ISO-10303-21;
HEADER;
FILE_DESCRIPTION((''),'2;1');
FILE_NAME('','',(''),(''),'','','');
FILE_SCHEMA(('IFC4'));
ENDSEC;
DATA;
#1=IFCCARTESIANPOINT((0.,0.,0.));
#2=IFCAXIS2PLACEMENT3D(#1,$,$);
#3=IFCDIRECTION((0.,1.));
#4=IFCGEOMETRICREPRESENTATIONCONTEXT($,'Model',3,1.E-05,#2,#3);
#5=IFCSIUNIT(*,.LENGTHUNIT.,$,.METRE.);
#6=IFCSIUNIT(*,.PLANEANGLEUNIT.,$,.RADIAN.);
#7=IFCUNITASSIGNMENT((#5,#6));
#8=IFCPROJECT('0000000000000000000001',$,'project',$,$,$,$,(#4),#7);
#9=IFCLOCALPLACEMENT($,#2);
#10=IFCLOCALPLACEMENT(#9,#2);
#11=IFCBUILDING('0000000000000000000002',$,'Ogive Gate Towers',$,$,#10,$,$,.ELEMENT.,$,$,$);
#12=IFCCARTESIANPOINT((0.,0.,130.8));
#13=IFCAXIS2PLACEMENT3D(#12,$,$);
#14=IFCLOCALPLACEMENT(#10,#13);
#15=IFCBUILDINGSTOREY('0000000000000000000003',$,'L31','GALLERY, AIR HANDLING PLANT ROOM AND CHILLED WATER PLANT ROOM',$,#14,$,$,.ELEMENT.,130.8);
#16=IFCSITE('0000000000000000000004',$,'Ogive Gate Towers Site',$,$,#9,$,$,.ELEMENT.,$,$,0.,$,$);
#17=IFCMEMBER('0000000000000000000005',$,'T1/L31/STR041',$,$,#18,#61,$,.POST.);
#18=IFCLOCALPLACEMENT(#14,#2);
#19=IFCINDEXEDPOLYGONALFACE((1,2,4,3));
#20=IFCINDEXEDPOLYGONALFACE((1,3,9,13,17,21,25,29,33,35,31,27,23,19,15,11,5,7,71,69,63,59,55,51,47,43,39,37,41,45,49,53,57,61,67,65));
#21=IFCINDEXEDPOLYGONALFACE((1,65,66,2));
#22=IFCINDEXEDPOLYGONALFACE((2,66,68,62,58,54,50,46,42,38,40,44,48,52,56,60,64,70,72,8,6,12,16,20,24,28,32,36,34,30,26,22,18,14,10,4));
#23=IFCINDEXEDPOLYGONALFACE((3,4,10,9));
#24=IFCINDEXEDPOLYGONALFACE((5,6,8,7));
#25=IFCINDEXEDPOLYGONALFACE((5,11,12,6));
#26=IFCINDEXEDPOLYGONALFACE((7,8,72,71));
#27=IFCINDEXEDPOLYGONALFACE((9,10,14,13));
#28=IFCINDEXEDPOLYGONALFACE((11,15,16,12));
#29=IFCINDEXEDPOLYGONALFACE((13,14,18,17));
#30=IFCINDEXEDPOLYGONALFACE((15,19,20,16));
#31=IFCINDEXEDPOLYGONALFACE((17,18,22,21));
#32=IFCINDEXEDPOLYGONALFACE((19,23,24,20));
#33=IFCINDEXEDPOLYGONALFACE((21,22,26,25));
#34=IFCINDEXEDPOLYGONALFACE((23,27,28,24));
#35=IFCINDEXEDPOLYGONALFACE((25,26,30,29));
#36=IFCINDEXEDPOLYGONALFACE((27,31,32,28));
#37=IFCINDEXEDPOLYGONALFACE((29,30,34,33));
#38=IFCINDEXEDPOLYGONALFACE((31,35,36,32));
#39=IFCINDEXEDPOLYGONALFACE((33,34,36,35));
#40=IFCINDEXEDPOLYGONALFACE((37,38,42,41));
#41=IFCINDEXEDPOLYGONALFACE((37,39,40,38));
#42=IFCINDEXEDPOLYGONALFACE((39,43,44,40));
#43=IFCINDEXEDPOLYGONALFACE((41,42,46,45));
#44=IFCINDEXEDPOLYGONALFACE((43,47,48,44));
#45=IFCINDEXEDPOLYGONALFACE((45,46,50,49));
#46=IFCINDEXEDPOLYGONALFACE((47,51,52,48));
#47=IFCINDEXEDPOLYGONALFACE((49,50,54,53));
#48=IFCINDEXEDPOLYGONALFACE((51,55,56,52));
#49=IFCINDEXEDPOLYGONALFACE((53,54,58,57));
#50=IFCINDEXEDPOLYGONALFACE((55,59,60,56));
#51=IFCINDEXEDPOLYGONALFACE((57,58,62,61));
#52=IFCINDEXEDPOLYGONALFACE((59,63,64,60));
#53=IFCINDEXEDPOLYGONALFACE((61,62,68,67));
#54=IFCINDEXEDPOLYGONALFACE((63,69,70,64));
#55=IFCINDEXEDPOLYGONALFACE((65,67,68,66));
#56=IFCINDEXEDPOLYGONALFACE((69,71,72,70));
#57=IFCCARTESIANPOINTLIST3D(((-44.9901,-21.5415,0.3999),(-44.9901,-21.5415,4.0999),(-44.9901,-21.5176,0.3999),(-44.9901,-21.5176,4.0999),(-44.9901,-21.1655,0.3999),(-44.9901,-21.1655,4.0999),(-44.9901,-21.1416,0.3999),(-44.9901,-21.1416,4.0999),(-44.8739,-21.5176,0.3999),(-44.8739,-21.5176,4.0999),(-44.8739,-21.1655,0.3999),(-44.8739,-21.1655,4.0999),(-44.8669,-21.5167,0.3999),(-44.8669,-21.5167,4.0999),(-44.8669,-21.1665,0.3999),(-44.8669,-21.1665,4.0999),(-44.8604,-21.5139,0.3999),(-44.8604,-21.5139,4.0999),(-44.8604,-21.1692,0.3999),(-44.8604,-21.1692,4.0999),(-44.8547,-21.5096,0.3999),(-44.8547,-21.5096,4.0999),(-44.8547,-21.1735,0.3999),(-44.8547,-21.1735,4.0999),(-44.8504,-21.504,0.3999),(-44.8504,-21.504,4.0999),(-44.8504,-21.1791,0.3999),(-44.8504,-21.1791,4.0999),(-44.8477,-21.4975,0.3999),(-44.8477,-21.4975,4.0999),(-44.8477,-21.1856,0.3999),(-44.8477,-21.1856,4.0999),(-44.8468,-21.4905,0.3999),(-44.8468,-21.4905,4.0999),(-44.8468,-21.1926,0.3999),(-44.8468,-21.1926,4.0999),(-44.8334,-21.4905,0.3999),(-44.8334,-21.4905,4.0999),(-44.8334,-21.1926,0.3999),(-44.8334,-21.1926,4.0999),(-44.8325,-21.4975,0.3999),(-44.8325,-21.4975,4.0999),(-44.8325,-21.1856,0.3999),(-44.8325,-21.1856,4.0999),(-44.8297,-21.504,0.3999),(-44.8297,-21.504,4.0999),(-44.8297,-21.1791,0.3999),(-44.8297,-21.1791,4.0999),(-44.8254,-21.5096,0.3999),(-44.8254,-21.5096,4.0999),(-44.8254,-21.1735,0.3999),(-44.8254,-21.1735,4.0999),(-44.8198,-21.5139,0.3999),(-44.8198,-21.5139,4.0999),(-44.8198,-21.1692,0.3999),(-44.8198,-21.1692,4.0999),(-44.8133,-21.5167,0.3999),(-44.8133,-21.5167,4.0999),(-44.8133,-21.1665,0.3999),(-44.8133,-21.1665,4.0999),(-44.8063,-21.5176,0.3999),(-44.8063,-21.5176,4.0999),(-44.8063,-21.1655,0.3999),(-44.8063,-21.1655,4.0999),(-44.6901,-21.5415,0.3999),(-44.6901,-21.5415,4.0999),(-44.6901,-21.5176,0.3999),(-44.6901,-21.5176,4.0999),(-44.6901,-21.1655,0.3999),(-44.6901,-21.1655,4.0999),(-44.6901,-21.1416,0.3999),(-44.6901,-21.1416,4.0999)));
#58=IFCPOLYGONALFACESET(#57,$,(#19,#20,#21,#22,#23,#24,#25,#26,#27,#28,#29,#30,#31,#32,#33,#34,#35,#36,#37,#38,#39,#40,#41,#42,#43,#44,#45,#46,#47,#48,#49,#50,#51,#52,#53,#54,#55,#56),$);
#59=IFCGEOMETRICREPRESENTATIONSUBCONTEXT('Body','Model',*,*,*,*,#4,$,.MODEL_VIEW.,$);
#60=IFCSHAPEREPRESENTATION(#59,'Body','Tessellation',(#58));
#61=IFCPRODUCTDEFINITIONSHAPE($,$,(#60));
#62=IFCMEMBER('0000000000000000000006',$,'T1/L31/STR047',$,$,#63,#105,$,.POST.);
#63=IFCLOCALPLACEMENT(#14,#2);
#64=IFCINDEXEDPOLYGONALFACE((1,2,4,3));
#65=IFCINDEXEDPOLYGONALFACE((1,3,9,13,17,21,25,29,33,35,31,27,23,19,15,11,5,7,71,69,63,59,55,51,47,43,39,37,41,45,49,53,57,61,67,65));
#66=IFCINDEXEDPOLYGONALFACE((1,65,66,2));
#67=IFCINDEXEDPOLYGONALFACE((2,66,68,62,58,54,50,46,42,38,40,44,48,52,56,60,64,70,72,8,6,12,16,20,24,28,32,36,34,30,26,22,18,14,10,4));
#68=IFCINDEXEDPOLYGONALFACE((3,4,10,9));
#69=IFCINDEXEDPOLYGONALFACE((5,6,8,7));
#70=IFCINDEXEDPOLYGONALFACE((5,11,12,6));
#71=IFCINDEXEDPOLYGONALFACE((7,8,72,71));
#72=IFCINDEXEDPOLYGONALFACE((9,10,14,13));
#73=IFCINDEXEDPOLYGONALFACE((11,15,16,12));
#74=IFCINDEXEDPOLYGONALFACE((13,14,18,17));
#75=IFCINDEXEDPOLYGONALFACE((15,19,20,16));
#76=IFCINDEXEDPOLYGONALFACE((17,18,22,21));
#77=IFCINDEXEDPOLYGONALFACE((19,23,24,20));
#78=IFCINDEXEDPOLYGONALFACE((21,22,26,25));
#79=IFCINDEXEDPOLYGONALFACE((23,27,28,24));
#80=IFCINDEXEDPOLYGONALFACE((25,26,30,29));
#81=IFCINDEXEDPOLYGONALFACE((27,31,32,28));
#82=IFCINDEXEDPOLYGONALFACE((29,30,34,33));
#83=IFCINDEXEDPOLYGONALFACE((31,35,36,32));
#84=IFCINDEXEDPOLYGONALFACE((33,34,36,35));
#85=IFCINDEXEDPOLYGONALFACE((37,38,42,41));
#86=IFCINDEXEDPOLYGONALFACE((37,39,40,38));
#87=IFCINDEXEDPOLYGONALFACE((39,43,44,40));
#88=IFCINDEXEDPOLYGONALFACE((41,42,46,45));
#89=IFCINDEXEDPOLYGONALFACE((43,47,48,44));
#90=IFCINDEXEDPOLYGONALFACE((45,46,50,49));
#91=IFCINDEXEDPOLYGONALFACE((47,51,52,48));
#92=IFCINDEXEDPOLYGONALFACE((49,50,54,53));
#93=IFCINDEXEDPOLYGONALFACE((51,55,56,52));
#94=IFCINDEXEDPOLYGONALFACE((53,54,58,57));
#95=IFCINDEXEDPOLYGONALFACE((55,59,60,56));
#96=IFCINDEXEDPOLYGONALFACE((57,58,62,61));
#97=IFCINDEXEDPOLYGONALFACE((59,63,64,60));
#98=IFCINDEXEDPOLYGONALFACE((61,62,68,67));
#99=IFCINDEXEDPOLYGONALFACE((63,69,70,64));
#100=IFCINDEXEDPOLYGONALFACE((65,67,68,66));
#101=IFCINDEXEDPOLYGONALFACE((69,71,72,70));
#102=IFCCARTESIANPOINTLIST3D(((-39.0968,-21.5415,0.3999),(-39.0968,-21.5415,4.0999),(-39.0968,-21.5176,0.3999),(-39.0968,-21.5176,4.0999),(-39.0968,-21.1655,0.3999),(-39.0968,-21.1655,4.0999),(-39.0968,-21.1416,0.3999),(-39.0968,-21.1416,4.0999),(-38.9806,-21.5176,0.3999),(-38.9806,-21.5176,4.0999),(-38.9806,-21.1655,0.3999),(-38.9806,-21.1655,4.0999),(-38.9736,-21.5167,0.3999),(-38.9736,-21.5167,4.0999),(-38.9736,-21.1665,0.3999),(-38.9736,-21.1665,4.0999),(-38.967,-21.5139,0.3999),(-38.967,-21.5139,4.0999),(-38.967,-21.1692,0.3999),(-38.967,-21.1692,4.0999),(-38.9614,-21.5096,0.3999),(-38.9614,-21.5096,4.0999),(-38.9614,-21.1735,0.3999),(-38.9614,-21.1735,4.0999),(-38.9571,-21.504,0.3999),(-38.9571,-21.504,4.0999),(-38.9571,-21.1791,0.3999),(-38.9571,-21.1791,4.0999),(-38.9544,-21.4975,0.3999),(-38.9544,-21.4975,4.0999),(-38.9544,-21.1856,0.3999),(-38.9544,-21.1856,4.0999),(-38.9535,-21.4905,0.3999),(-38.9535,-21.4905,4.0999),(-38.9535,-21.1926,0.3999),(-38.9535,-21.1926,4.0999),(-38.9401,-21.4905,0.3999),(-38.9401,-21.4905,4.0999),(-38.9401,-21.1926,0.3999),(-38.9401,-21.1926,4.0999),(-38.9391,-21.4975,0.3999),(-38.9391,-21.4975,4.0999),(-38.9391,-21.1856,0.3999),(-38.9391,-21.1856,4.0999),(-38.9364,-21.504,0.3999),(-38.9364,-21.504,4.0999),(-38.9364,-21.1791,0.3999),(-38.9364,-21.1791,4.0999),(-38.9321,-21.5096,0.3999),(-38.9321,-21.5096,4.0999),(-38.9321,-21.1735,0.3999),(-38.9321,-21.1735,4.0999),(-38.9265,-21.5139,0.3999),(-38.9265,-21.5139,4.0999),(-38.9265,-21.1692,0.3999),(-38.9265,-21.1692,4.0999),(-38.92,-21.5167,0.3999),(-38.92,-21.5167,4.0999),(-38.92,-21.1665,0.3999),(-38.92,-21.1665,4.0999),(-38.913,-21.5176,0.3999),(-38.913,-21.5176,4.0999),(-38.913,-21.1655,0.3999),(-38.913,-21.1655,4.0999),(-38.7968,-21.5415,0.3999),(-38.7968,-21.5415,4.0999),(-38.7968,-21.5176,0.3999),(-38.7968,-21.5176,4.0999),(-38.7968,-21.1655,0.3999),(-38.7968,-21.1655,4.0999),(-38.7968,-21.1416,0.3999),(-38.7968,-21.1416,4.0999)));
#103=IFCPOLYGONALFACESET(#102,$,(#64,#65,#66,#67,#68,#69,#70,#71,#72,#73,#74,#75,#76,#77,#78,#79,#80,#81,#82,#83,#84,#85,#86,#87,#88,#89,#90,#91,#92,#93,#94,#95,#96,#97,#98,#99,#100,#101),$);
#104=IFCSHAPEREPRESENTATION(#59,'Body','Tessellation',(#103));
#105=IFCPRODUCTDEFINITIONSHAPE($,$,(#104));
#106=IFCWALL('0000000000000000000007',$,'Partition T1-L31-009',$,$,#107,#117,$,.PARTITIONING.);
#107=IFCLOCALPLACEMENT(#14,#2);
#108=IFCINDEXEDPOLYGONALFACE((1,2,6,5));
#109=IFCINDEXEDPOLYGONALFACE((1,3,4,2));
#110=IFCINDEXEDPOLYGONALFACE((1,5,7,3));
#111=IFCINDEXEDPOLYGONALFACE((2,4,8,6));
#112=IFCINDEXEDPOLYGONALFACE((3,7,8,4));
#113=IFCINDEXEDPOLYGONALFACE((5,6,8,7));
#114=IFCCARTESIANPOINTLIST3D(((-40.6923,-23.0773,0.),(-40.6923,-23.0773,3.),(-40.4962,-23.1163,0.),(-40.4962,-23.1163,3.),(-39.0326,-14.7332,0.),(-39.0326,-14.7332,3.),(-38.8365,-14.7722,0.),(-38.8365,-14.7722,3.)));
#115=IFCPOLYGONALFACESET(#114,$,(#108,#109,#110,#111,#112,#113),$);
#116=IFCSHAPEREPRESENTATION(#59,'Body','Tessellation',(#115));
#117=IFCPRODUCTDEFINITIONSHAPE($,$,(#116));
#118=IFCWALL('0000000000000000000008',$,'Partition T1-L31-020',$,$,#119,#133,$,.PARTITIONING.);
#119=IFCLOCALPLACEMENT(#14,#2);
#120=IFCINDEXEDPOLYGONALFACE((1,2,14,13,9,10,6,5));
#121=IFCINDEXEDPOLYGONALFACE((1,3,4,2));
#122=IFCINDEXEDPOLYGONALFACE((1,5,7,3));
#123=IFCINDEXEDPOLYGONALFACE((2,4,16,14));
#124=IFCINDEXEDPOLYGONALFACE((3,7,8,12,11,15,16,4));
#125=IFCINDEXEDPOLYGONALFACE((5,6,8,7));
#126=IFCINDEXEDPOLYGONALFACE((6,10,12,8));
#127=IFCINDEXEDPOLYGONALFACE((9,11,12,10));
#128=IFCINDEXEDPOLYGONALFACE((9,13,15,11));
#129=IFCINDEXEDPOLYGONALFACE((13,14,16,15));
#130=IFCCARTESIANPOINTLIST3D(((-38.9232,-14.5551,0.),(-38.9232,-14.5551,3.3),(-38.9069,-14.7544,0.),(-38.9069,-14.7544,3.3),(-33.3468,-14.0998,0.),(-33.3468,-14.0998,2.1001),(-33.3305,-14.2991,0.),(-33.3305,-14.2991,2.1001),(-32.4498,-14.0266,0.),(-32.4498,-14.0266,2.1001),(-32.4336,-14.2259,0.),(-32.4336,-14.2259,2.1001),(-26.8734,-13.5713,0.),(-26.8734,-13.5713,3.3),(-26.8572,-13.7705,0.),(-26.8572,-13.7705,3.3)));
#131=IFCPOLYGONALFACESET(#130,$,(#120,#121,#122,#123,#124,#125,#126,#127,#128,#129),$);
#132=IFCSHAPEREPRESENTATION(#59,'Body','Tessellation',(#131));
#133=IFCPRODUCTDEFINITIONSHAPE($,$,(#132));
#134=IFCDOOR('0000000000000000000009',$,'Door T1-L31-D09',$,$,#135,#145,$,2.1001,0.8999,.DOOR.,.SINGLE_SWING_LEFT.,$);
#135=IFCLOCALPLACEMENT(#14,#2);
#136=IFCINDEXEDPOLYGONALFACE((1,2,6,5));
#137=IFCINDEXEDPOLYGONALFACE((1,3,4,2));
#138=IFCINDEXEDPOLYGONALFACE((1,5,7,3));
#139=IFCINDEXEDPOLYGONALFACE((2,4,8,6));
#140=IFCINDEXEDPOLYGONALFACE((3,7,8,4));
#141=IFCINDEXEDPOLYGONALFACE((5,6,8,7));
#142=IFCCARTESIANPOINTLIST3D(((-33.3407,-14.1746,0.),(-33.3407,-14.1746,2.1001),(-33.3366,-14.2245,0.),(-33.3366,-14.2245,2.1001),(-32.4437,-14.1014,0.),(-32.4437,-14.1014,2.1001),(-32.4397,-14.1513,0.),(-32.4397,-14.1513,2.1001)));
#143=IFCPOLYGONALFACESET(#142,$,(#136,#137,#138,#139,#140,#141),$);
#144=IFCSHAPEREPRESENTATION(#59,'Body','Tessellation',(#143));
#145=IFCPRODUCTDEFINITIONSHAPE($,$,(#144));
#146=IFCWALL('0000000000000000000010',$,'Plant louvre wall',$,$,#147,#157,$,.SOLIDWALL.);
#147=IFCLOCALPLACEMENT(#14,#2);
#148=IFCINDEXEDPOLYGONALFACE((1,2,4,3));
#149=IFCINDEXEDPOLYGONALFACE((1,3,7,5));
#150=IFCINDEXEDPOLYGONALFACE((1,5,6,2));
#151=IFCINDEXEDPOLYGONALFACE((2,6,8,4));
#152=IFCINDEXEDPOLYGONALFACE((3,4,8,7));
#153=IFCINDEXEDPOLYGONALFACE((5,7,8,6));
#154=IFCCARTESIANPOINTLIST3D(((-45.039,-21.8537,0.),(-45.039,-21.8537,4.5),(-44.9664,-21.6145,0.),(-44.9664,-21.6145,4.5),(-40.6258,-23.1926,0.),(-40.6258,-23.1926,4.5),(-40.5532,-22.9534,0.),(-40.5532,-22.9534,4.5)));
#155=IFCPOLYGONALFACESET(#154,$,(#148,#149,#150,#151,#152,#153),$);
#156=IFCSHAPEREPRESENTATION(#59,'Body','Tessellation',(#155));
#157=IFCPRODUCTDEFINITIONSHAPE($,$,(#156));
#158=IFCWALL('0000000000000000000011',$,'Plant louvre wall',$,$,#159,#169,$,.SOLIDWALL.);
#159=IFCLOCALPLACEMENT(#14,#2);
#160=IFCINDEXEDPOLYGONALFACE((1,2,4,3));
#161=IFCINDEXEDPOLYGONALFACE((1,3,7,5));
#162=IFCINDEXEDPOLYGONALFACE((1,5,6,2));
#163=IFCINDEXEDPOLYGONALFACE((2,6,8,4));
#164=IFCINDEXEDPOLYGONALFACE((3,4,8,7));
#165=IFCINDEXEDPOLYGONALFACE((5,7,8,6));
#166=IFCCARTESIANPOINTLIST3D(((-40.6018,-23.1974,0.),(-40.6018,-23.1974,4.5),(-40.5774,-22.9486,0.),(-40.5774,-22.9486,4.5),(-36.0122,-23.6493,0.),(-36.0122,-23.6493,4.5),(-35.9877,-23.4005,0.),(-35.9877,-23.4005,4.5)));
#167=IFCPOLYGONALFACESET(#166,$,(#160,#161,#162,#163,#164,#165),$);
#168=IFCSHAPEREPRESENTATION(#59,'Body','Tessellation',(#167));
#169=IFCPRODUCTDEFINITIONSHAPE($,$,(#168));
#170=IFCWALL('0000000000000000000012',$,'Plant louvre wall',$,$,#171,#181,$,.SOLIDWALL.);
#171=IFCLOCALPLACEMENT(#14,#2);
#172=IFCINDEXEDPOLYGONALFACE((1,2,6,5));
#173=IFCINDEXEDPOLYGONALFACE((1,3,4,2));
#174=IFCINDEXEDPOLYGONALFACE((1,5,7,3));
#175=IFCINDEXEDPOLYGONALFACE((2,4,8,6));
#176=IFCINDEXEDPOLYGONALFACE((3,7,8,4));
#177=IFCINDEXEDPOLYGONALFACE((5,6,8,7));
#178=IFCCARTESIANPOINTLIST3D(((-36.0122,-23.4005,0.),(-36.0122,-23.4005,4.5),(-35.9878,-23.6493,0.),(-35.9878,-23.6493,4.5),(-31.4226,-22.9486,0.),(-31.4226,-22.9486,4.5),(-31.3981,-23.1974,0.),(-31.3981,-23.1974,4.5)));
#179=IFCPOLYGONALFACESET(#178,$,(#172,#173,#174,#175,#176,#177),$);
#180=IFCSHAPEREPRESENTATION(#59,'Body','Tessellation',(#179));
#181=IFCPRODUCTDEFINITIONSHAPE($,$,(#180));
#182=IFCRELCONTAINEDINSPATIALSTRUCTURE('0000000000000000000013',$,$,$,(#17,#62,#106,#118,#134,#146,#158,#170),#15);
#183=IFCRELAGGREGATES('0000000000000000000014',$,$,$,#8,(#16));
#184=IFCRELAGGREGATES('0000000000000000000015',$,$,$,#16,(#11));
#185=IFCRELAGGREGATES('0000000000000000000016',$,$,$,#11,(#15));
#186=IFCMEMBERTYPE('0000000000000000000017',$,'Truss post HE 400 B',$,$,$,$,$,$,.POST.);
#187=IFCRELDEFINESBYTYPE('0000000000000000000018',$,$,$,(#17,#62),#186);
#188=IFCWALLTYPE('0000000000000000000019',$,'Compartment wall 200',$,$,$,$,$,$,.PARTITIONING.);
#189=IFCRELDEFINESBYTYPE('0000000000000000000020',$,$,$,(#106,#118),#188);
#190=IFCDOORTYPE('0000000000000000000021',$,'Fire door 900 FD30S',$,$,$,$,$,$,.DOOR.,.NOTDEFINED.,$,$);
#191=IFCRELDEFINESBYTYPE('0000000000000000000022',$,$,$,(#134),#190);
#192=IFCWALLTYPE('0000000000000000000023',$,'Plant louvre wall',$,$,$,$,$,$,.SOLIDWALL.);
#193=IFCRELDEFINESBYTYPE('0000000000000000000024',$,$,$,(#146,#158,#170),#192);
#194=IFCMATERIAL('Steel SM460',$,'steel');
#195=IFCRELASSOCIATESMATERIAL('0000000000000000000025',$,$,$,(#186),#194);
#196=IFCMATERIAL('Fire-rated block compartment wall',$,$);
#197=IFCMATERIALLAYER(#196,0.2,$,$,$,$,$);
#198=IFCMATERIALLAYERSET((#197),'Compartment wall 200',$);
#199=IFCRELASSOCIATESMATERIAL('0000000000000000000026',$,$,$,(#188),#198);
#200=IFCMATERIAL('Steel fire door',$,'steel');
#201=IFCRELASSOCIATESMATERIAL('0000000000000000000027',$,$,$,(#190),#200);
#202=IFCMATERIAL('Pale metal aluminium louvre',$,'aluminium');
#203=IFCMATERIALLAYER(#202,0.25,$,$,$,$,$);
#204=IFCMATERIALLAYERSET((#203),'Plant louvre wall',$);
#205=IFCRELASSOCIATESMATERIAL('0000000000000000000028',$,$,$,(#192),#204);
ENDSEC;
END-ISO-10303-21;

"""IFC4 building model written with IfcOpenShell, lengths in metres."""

from ifc_helpers import new_model, si_unit, direction, frame, frame_2d, origin, origin_2d, place, context, subcontext, project, spatial, rectangle, i_section, extrude, material, layer, layer_set, material_profile, profile_set, type_object, element, fill, save


model = new_model("IFC4")

# Units and contexts
model_context = context("Model", 3, precision=1e-05, world=origin(), true_north=direction((0.0, 1.0)))
body_context = subcontext(model_context, "Body", "Model", "MODEL_VIEW")
ifc_project = project(units=[si_unit("LENGTHUNIT", "METRE"), si_unit("PLANEANGLEUNIT", "RADIAN")], contexts=[model_context])

# Site, building, storey
site_placement = place(None, origin())
site = spatial("IfcSite", under=ifc_project, at=site_placement, Name="Ogive Gate Towers Site", CompositionType="ELEMENT", RefElevation=0.0)
building_placement = place(site_placement, origin())
building = spatial("IfcBuilding", under=site, at=building_placement, Name="Ogive Gate Towers", CompositionType="ELEMENT")
storey_placement = place(building_placement, frame((0.0, 0.0, 130.8)))
storey = spatial("IfcBuildingStorey", under=building, at=storey_placement, Name="L31", Description="GALLERY, AIR HANDLING PLANT ROOM AND CHILLED WATER PLANT ROOM", CompositionType="ELEMENT", Elevation=130.8)

# Shared definitions
ifc_material_1 = material(Name="Steel SM460", Category="steel")

# Members
ifc_material_profile_1 = material_profile(ifc_material_1, i_section(OverallWidth=0.3, OverallDepth=0.3999, WebThickness=0.0134, FlangeThickness=0.0239, FilletRadius=0.0271, at=origin_2d()), Name="HE 400 B")
ifc_profile_set_1 = profile_set([ifc_material_profile_1], Name="Steel SM460")
member_type_1 = type_object("IfcMemberType", Name="Truss post HE 400 B", PredefinedType="POST", material=ifc_profile_set_1)
for number, where, z_axis, x_axis, name in (
    (1, (-44.8401, -21.3416, 0.3999), (0.0, 0.0, 1.0), (1.0, 0.0, 0.0), "T1/L31/STR041"),
    (2, (-38.9468, -21.3416, 0.3999), (0.0, 0.0, 1.0), (1.0, 0.0, 0.0), "T1/L31/STR047"),
):
    element("IfcMember", number, at=place(storey_placement, frame(where, z_axis=z_axis, x_axis=x_axis)), inside=storey, type_object=member_type_1, Name=name, PredefinedType="POST", context=body_context, shape_type="SweptSolid", body=[
        extrude(i_section(OverallWidth=0.3, OverallDepth=0.3999, WebThickness=0.0134, FlangeThickness=0.0239, FilletRadius=0.0271, at=origin_2d()), origin(), (0.0, 0.0, 1.0), 3.7),
    ])

# Wall
ifc_material_2 = material(Name="Fire-rated block compartment wall")
ifc_layer_1 = layer(ifc_material_2, 0.2)
ifc_layer_set_1 = layer_set([ifc_layer_1], Name="Compartment wall 200")
wall_type_1 = type_object("IfcWallType", Name="Compartment wall 200", PredefinedType="PARTITIONING", material=ifc_layer_set_1)
wall_1_placement = place(storey_placement, frame((-40.5942, -23.0969, 0.0), z_axis=(0.0, 0.0, 1.0), x_axis=(0.195084, 0.980787, 0.0)))
element("IfcWall", 3, at=wall_1_placement, inside=storey, type_object=wall_type_1, Name="Partition T1-L31-009", PredefinedType="PARTITIONING", context=body_context, shape_type="SweptSolid", body=[
    extrude(rectangle(XDim=8.5076, YDim=0.2, at=frame_2d((4.2539, 0.0))), origin(), (0.0, 0.0, 1.0), 3.0),
])

# Wall, opening, door
wall_2_placement = place(storey_placement, frame((-38.915, -14.6548, 0.0), z_axis=(0.0, 0.0, 1.0), x_axis=(0.996683, 0.081381, 0.0)))
wall_2 = element("IfcWall", 4, at=wall_2_placement, inside=storey, type_object=wall_type_1, Name="Partition T1-L31-020", PredefinedType="PARTITIONING", context=body_context, shape_type="SweptSolid", body=[
    extrude(rectangle(XDim=12.0898, YDim=0.2, at=frame_2d((6.0449, 0.0))), origin(), (0.0, 0.0, 1.0), 3.3),
])
opening_placement = place(wall_2_placement, frame((5.595, 0.0, 0.0)))
opening = element("IfcOpeningElement", 5, at=opening_placement, cuts=wall_2, PredefinedType="OPENING", context=body_context, shape_type="SweptSolid", body=[
    extrude(rectangle(XDim=0.8999, YDim=2.1001, at=frame_2d((0.45, 1.05))), frame((0.0, 0.1099, 0.0), z_axis=(0.0, -1.0, 0.0), x_axis=(1.0, 0.0, 0.0)), (0.0, 0.0, 1.0), 0.22),
])
ifc_material_3 = material(Name="Steel fire door", Category="steel")
door_type = type_object("IfcDoorType", Name="Fire door 900 FD30S", OperationType="NOTDEFINED", PredefinedType="DOOR", material=ifc_material_3)
door_placement = place(opening_placement, origin())
door = element("IfcDoor", 6, at=door_placement, inside=storey, type_object=door_type, Name="Door T1-L31-D09", OperationType="SINGLE_SWING_LEFT", OverallHeight=2.1001, OverallWidth=0.8999, PredefinedType="DOOR", context=body_context, shape_type="SweptSolid", body=[
    extrude(rectangle(XDim=0.8999, YDim=2.1001, at=frame_2d((0.45, 1.05))), frame((0.0, 0.0249, 0.0), z_axis=(0.0, -1.0, 0.0), x_axis=(1.0, 0.0, 0.0)), (0.0, 0.0, 1.0), 0.05),
])
fill(opening, door)

# Walls
ifc_material_4 = material(Name="Pale metal aluminium louvre", Category="aluminium")
ifc_layer_2 = layer(ifc_material_4, 0.25)
ifc_layer_set_2 = layer_set([ifc_layer_2], Name="Plant louvre wall")
wall_type_2 = type_object("IfcWallType", Name="Plant louvre wall", PredefinedType="SOLIDWALL", material=ifc_layer_set_2)
for number, where, z_axis, x_axis, name in (
    (7, (-45.0027, -21.7341, 0.0), (0.0, 0.0, 1.0), (0.95693, -0.290319, 0.0), "Plant louvre wall"),
    (8, (-40.5896, -23.073, 0.0), (0.0, 0.0, 1.0), (0.995188, -0.097989, 0.0), "Plant louvre wall"),
    (9, (-36.0, -23.5249, 0.0), (0.0, 0.0, 1.0), (0.995188, 0.097989, 0.0), "Plant louvre wall"),
):
    element("IfcWall", number, at=place(storey_placement, frame(where, z_axis=z_axis, x_axis=x_axis)), inside=storey, type_object=wall_type_2, Name=name, PredefinedType="SOLIDWALL", context=body_context, shape_type="SweptSolid", body=[
        extrude(rectangle(XDim=4.6118, YDim=0.25, at=frame_2d((2.3059, 0.0))), origin(), (0.0, 0.0, 1.0), 4.5),
    ])

save(model, "model.ifc")
